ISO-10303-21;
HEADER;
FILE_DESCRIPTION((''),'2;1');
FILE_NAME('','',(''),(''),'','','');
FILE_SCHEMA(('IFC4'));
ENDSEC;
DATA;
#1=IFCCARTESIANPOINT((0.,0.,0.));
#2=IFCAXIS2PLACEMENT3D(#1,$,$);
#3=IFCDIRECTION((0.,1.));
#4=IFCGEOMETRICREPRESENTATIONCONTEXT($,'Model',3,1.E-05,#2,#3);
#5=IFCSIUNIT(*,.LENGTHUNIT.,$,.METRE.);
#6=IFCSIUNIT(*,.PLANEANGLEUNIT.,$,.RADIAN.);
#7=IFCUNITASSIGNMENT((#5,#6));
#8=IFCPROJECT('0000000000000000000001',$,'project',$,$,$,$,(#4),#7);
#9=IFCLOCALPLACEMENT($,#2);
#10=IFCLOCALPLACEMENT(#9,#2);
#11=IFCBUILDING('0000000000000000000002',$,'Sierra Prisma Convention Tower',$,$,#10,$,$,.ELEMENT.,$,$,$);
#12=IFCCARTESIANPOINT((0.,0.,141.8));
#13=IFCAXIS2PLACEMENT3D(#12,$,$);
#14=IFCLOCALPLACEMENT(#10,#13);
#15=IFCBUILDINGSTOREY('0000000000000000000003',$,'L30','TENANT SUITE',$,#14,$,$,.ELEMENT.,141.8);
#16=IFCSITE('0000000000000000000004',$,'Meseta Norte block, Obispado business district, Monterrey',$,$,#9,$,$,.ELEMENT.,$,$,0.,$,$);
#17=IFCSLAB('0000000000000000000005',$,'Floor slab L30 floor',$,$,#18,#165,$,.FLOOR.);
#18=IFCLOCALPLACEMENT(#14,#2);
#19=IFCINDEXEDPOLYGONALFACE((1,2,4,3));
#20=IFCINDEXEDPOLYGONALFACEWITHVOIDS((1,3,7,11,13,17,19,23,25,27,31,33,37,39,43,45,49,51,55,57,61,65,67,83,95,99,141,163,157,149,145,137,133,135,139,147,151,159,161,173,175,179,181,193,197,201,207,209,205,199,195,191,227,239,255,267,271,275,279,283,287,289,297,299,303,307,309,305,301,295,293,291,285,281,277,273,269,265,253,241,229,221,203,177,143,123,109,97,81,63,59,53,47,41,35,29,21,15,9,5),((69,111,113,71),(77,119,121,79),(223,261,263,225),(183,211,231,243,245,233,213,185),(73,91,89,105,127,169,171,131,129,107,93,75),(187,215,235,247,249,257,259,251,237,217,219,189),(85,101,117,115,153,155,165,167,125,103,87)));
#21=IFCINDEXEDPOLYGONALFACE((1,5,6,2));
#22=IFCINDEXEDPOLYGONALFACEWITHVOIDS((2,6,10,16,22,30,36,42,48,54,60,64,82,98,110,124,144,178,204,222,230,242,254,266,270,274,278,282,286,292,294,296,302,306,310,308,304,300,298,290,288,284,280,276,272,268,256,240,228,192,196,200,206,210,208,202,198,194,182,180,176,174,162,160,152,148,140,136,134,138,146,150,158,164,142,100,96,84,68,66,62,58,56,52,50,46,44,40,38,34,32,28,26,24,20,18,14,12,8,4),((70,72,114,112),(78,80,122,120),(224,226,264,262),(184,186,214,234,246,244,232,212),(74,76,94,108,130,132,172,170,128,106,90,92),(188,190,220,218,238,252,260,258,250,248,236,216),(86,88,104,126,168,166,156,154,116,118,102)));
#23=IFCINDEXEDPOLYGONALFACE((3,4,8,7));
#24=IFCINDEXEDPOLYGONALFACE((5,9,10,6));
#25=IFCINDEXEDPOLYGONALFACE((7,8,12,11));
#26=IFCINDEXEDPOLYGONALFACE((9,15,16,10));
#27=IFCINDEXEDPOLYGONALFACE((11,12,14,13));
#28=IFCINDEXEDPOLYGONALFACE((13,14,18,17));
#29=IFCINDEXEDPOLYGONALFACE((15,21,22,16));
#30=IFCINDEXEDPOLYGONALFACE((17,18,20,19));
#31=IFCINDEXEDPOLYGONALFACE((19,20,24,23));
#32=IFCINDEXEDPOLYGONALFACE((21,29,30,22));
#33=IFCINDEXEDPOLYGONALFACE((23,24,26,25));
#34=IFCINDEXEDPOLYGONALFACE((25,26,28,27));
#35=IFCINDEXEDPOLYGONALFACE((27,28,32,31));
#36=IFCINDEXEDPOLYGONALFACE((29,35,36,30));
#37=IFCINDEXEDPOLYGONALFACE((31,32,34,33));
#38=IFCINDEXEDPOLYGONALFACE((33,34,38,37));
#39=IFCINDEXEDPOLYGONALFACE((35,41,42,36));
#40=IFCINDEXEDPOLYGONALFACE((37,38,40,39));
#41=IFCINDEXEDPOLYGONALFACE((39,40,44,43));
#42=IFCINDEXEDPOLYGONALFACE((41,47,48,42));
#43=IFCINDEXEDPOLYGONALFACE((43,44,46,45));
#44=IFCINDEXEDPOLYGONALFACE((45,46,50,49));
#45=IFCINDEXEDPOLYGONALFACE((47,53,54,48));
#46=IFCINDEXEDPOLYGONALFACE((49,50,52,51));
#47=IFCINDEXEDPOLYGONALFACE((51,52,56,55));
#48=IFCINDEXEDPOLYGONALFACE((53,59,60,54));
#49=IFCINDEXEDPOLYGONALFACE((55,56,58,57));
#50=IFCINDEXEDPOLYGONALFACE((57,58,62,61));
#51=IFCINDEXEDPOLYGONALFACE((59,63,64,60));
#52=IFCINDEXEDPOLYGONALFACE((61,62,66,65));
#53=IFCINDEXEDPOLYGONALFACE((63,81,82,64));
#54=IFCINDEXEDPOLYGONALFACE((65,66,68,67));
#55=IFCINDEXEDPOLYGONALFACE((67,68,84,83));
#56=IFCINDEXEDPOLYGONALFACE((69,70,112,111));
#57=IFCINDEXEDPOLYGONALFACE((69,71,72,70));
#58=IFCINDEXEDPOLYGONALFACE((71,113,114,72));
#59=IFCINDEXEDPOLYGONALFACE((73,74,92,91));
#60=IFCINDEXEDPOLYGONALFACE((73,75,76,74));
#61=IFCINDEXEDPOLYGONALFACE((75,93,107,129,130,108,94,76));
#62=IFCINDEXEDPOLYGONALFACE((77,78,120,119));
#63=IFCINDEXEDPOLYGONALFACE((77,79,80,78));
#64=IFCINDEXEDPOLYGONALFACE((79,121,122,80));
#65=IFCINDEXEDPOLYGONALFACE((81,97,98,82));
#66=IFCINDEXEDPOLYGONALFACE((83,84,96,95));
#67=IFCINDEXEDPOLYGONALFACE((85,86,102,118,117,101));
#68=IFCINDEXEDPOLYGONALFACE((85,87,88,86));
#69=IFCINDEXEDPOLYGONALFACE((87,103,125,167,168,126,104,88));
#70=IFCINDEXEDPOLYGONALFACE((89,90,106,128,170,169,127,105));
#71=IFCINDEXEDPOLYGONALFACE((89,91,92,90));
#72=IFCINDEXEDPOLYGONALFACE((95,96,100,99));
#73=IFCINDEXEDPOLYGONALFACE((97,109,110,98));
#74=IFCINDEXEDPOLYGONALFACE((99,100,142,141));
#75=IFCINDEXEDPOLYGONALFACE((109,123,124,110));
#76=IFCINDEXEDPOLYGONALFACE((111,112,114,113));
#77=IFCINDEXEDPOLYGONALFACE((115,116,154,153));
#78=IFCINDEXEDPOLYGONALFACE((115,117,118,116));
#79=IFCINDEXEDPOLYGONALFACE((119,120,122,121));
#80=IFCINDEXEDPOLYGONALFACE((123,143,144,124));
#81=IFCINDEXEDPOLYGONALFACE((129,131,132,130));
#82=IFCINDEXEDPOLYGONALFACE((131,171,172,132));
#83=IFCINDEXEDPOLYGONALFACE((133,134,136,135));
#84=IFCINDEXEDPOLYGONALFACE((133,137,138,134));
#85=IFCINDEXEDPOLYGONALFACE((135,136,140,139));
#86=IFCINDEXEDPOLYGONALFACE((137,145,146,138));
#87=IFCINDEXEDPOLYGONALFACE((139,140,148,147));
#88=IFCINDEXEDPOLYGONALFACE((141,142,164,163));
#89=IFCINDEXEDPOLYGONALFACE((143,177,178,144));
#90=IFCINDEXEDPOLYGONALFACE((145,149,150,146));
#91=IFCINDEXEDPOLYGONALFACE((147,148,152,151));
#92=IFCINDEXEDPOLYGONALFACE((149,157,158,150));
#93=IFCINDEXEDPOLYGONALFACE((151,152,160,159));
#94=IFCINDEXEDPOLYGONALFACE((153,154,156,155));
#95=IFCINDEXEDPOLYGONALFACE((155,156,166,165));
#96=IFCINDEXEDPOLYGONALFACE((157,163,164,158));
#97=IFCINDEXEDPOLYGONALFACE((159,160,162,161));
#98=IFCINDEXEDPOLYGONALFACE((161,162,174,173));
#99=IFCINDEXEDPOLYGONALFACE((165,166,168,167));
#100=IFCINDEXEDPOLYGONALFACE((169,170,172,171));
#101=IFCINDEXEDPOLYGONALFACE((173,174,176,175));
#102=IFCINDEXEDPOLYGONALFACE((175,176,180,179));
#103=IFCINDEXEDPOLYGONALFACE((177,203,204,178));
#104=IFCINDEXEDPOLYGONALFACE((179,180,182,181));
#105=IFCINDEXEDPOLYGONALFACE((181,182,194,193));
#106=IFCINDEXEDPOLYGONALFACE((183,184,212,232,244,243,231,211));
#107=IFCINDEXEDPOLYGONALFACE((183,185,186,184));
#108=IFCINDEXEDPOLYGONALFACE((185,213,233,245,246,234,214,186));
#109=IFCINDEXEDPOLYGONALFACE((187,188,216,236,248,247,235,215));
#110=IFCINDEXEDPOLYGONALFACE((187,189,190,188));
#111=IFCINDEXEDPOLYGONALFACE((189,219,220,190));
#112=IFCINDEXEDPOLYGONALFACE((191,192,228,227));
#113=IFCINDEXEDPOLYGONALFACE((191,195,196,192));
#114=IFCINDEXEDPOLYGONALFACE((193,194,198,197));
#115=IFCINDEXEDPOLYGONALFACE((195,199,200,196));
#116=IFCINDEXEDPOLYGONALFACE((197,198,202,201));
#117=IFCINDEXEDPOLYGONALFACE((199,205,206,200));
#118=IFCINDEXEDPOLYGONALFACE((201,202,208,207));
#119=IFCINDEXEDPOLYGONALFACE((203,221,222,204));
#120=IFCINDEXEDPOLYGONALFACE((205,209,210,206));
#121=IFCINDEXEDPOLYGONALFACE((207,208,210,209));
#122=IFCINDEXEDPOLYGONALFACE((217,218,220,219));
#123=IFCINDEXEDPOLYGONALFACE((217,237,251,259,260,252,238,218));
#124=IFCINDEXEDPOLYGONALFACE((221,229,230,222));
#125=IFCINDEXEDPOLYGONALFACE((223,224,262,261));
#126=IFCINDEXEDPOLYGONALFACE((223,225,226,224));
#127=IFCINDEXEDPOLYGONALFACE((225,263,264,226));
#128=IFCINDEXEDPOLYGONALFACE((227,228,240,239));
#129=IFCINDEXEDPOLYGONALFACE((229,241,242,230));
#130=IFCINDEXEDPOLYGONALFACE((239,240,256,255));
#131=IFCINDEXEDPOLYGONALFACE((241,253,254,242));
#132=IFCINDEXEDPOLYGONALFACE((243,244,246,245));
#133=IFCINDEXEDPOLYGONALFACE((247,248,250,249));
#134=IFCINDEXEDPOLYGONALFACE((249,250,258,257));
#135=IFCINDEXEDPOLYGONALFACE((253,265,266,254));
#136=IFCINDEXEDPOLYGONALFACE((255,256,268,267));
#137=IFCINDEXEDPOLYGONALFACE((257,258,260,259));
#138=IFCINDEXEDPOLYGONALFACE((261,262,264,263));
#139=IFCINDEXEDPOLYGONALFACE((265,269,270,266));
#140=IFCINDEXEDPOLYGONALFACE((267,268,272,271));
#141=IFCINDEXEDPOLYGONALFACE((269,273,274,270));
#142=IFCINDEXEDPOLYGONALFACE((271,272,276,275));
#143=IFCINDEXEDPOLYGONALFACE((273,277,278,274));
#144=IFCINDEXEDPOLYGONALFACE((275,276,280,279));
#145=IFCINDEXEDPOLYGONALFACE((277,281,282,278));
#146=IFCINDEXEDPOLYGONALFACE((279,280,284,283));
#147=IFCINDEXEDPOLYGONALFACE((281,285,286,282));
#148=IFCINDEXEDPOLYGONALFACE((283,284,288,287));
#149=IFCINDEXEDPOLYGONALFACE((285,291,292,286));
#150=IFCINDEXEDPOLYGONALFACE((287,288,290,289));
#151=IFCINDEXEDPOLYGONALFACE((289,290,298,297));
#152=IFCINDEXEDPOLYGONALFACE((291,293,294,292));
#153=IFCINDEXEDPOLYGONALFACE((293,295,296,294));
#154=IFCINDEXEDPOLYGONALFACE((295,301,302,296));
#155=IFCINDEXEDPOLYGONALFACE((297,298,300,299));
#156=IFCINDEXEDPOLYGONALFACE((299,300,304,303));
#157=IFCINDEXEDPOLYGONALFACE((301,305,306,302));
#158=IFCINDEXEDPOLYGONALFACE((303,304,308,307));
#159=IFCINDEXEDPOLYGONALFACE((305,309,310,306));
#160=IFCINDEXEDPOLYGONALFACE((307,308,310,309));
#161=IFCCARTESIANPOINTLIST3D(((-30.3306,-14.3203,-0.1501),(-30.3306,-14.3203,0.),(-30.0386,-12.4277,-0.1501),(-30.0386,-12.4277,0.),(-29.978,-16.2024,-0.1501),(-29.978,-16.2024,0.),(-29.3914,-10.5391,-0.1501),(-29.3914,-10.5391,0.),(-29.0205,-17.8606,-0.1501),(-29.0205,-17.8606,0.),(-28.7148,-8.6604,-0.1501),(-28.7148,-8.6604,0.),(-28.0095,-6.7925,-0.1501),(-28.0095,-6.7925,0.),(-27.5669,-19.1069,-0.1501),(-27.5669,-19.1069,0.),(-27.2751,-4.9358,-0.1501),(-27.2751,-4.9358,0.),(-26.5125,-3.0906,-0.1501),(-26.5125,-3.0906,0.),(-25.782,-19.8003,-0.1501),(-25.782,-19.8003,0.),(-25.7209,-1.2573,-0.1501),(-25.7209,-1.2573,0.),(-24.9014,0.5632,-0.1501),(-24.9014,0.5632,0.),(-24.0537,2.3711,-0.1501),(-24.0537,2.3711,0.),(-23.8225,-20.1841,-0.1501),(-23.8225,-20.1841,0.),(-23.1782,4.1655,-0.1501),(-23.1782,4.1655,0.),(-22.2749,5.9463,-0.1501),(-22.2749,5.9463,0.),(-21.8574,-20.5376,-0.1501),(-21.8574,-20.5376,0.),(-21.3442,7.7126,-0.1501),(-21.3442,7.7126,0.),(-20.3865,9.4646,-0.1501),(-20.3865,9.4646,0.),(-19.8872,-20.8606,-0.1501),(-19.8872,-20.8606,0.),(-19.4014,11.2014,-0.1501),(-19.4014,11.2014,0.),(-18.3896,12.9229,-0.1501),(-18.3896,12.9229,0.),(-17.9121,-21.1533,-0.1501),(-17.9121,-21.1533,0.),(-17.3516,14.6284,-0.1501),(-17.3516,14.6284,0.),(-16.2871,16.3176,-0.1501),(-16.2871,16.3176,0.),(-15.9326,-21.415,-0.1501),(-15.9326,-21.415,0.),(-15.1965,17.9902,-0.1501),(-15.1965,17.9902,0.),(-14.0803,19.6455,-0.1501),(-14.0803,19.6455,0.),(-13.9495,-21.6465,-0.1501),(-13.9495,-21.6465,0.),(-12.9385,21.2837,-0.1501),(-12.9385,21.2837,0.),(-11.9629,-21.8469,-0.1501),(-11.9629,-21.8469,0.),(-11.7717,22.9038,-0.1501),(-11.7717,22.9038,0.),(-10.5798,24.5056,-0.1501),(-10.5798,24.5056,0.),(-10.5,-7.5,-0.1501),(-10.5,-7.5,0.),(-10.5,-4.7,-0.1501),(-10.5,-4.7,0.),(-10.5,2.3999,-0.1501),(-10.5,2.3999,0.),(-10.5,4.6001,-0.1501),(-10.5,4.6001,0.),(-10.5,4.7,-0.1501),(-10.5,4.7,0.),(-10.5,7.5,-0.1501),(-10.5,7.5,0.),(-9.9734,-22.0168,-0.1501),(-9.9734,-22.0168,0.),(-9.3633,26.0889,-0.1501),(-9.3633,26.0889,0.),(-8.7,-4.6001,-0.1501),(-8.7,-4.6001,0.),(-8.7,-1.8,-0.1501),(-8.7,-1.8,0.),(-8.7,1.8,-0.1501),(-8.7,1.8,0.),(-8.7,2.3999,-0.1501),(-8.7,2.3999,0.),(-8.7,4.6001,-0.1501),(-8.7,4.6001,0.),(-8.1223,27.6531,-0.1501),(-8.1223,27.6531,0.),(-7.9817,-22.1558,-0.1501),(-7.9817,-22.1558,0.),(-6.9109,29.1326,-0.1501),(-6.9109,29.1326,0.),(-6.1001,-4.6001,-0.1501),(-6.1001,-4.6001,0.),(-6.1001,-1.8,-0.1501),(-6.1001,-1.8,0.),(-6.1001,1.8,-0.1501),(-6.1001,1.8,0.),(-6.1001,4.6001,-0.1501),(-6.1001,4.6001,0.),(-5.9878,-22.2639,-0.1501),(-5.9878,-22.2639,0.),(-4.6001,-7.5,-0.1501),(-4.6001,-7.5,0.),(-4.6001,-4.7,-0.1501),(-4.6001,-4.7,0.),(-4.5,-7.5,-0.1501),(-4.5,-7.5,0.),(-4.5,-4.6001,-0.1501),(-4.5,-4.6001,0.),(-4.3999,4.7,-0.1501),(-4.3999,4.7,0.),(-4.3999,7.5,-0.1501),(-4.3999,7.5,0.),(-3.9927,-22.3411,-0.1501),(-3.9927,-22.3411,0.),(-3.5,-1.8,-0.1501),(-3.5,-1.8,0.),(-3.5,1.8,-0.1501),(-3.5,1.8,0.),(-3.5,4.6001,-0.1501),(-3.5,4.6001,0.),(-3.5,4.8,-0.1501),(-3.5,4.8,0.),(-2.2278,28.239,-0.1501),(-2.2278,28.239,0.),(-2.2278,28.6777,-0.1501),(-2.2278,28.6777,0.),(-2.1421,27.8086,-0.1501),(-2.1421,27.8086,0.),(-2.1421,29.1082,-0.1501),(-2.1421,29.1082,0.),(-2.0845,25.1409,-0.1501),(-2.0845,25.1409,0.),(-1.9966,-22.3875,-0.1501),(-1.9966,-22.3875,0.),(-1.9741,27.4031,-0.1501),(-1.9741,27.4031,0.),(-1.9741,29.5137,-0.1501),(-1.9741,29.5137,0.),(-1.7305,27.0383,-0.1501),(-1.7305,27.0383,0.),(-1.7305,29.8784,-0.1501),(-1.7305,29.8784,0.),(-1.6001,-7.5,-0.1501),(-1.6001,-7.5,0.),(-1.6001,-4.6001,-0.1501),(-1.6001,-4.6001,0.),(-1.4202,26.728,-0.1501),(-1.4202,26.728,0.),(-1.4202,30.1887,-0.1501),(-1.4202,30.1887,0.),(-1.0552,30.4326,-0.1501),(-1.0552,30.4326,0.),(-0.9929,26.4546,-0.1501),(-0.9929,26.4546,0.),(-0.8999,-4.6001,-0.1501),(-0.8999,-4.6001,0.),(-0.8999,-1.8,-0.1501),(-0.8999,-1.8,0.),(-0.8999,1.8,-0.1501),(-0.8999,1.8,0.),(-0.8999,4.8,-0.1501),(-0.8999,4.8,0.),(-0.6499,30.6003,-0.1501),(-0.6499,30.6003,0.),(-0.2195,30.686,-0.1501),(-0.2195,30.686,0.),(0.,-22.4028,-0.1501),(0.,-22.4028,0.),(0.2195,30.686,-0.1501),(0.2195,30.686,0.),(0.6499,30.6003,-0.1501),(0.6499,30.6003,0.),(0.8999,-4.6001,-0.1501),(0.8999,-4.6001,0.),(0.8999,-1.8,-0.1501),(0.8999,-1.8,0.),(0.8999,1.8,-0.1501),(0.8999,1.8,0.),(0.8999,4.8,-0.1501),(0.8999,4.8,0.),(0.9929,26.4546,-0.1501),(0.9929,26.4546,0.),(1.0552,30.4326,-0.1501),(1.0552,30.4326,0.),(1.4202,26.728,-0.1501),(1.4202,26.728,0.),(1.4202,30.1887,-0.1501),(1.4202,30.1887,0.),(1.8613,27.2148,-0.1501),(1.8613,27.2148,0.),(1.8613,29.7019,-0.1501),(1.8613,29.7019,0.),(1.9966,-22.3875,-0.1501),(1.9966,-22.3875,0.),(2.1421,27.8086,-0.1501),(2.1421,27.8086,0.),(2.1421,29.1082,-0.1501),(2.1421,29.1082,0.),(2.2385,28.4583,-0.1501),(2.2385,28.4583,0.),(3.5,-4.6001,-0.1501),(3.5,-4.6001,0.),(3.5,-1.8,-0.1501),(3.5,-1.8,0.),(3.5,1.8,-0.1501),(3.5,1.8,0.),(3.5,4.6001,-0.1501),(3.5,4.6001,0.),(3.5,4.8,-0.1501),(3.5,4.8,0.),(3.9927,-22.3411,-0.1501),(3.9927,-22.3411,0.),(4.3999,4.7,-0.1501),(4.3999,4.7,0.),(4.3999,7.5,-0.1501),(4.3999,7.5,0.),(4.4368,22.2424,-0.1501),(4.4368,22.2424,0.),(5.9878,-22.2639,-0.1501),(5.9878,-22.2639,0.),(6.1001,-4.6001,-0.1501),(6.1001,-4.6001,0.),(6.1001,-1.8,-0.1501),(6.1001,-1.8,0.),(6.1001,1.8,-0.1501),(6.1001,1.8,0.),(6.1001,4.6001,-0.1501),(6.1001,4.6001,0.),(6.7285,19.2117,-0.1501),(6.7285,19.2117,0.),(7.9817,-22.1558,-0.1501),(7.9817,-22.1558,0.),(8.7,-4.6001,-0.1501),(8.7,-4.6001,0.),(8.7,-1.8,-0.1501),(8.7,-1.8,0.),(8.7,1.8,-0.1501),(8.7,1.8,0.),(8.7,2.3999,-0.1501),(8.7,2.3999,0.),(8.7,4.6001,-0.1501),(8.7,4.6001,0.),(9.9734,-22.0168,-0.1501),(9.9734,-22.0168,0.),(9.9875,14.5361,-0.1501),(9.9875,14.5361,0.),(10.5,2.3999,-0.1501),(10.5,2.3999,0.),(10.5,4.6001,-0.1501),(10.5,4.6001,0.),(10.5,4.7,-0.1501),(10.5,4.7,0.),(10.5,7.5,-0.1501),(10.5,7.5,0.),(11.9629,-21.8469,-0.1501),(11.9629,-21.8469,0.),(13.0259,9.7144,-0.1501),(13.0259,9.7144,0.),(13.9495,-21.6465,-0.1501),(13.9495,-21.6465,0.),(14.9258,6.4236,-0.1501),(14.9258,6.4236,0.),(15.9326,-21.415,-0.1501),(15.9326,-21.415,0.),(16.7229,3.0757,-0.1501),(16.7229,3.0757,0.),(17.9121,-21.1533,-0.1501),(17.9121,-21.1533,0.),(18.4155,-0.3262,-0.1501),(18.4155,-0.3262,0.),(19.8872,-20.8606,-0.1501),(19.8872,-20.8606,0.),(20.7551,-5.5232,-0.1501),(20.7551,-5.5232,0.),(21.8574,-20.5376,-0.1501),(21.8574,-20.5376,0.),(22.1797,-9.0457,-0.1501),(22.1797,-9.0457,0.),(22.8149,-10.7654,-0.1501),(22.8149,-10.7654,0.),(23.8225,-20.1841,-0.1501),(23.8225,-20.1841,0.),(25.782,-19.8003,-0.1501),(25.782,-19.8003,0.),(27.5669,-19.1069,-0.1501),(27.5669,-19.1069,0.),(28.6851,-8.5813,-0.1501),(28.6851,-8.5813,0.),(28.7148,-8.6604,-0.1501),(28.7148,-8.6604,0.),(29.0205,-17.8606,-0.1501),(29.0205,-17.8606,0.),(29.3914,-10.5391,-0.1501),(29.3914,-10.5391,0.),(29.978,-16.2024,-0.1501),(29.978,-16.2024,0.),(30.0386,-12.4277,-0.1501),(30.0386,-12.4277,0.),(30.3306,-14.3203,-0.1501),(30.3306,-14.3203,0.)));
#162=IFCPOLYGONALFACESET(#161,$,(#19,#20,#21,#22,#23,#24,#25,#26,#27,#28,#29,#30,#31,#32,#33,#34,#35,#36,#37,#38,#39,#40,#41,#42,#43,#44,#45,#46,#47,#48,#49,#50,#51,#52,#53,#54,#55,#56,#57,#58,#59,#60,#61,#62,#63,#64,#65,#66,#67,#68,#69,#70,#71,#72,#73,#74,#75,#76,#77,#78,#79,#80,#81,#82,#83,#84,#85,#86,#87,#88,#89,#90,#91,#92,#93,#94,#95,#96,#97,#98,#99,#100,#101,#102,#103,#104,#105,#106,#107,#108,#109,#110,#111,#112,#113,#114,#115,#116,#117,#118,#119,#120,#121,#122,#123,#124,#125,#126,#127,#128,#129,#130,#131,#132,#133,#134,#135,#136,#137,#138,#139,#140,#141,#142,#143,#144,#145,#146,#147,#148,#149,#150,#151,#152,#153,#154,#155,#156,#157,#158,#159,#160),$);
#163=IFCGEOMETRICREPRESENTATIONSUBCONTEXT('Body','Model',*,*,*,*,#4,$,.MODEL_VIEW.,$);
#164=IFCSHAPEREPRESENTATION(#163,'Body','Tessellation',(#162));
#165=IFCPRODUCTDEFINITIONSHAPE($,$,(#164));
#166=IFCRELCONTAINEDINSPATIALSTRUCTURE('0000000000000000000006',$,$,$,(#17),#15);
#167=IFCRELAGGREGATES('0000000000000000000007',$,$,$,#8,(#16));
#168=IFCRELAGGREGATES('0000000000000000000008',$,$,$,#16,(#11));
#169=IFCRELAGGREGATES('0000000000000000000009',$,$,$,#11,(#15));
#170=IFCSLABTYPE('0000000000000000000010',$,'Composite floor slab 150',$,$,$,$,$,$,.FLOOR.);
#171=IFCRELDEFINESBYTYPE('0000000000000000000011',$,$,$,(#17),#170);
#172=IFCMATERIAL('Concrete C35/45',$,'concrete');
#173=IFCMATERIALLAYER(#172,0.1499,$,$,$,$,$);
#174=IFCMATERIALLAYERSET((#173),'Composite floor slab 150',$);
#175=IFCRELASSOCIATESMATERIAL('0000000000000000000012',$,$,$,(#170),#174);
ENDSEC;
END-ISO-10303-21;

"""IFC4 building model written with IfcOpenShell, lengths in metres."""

from ifc_helpers import new_model, si_unit, direction, frame, origin, place, context, subcontext, project, spatial, polyline, outline, extrude, material, layer, layer_set, type_object, element, save


model = new_model("IFC4")

# Units and contexts
model_context = context("Model", 3, precision=1e-05, world=origin(), true_north=direction((0.0, 1.0)))
body_context = subcontext(model_context, "Body", "Model", "MODEL_VIEW")
ifc_project = project(units=[si_unit("LENGTHUNIT", "METRE"), si_unit("PLANEANGLEUNIT", "RADIAN")], contexts=[model_context])

# Site, building, storey
site_placement = place(None, origin())
site = spatial("IfcSite", under=ifc_project, at=site_placement, Name="Meseta Norte block, Obispado business district, Monterrey", CompositionType="ELEMENT", RefElevation=0.0)
building_placement = place(site_placement, origin())
building = spatial("IfcBuilding", under=site, at=building_placement, Name="Sierra Prisma Convention Tower", CompositionType="ELEMENT")
storey_placement = place(building_placement, frame((0.0, 0.0, 141.8)))
storey = spatial("IfcBuildingStorey", under=building, at=storey_placement, Name="L30", Description="TENANT SUITE", CompositionType="ELEMENT", Elevation=141.8)

# Slab
ifc_material_1 = material(Name="Concrete C35/45", Category="concrete")
ifc_layer_1 = layer(ifc_material_1, 0.1499)
ifc_layer_set_1 = layer_set([ifc_layer_1], Name="Composite floor slab 150")
slab_type_1 = type_object("IfcSlabType", Name="Composite floor slab 150", PredefinedType="FLOOR", material=ifc_layer_set_1)
slab_1_placement = place(storey_placement, frame((0.0, 0.0, -0.1501)))
element("IfcSlab", 1, at=slab_1_placement, inside=storey, type_object=slab_type_1, Name="Floor slab L30 floor", PredefinedType="FLOOR", context=body_context, shape_type="SweptSolid", body=[
    extrude(outline(polyline([(28.7148, -8.6604), (28.6851, -8.5813), (22.8149, -10.7654), (22.1797, -9.0457), (20.7551, -5.5232), (18.4155, -0.3262), (16.7229, 3.0757), (14.9258, 6.4236), (13.0259, 9.7144), (9.9875, 14.5361), (6.7285, 19.2117), (4.4368, 22.2424), (0.9929, 26.4546), (1.4202, 26.728), (1.8613, 27.2148), (2.1421, 27.8086), (2.2385, 28.4583), (2.1421, 29.1082), (1.8613, 29.7019), (1.4202, 30.1887), (1.0552, 30.4326), (0.6499, 30.6003), (0.2195, 30.686), (-0.2195, 30.686), (-0.6499, 30.6003), (-1.0552, 30.4326), (-1.4202, 30.1887), (-1.7305, 29.8784), (-1.9741, 29.5137), (-2.1421, 29.1082), (-2.2278, 28.6777), (-2.2278, 28.239), (-2.1421, 27.8086), (-1.9741, 27.4031), (-1.7305, 27.0383), (-1.4202, 26.728), (-0.9929, 26.4546), (-2.0845, 25.1409), (-6.9109, 29.1326), (-8.1223, 27.6531), (-9.3633, 26.0889), (-10.5798, 24.5056), (-11.7717, 22.9038), (-12.9385, 21.2837), (-14.0803, 19.6455), (-15.1965, 17.9902), (-16.2871, 16.3176), (-17.3516, 14.6284), (-18.3896, 12.9229), (-19.4014, 11.2014), (-20.3865, 9.4646), (-21.3442, 7.7126), (-22.2749, 5.9463), (-23.1782, 4.1655), (-24.0537, 2.3711), (-24.9014, 0.5632), (-25.7209, -1.2573), (-26.5125, -3.0906), (-27.2751, -4.9358), (-28.0095, -6.7925), (-28.7148, -8.6604), (-29.3914, -10.5391), (-30.0386, -12.4277), (-30.3306, -14.3203), (-29.978, -16.2024), (-29.0205, -17.8606), (-27.5669, -19.1069), (-25.782, -19.8003), (-23.8225, -20.1841), (-21.8574, -20.5376), (-19.8872, -20.8606), (-17.9121, -21.1533), (-15.9326, -21.415), (-13.9495, -21.6465), (-11.9629, -21.8469), (-9.9734, -22.0168), (-7.9817, -22.1558), (-5.9878, -22.2639), (-3.9927, -22.3411), (-1.9966, -22.3875), (0.0, -22.4028), (1.9966, -22.3875), (3.9927, -22.3411), (5.9878, -22.2639), (7.9817, -22.1558), (9.9734, -22.0168), (11.9629, -21.8469), (13.9495, -21.6465), (15.9326, -21.415), (17.9121, -21.1533), (19.8872, -20.8606), (21.8574, -20.5376), (23.8225, -20.1841), (25.782, -19.8003), (27.5669, -19.1069), (29.0205, -17.8606), (29.978, -16.2024), (30.3306, -14.3203), (30.0386, -12.4277), (29.3914, -10.5391), (28.7148, -8.6604)]), holes=[polyline([(-4.6001, -7.5), (-10.5, -7.5), (-10.5, -4.7), (-4.6001, -4.7), (-4.6001, -7.5)]), polyline([(-8.7, -4.6001), (-8.7, -1.8), (-6.1001, -1.8), (-3.5, -1.8), (-0.8999, -1.8), (-0.8999, -4.6001), (-1.6001, -4.6001), (-1.6001, -7.5), (-4.5, -7.5), (-4.5, -4.6001), (-6.1001, -4.6001), (-8.7, -4.6001)]), polyline([(-10.5, 4.6001), (-8.7, 4.6001), (-6.1001, 4.6001), (-3.5, 4.6001), (-3.5, 4.8), (-0.8999, 4.8), (-0.8999, 1.8), (-3.5, 1.8), (-6.1001, 1.8), (-8.7, 1.8), (-8.7, 2.3999), (-10.5, 2.3999), (-10.5, 4.6001)]), polyline([(-10.5, 4.7), (-10.5, 7.5), (-4.3999, 7.5), (-4.3999, 4.7), (-10.5, 4.7)]), polyline([(6.1001, -1.8), (8.7, -1.8), (8.7, -4.6001), (6.1001, -4.6001), (3.5, -4.6001), (0.8999, -4.6001), (0.8999, -1.8), (3.5, -1.8), (6.1001, -1.8)]), polyline([(8.7, 4.6001), (10.5, 4.6001), (10.5, 2.3999), (8.7, 2.3999), (8.7, 1.8), (6.1001, 1.8), (3.5, 1.8), (0.8999, 1.8), (0.8999, 4.8), (3.5, 4.8), (3.5, 4.6001), (6.1001, 4.6001), (8.7, 4.6001)]), polyline([(4.3999, 4.7), (4.3999, 7.5), (10.5, 7.5), (10.5, 4.7), (4.3999, 4.7)])]), origin(), (0.0, 0.0, 1.0), 0.1501),
])

save(model, "model.ifc")
